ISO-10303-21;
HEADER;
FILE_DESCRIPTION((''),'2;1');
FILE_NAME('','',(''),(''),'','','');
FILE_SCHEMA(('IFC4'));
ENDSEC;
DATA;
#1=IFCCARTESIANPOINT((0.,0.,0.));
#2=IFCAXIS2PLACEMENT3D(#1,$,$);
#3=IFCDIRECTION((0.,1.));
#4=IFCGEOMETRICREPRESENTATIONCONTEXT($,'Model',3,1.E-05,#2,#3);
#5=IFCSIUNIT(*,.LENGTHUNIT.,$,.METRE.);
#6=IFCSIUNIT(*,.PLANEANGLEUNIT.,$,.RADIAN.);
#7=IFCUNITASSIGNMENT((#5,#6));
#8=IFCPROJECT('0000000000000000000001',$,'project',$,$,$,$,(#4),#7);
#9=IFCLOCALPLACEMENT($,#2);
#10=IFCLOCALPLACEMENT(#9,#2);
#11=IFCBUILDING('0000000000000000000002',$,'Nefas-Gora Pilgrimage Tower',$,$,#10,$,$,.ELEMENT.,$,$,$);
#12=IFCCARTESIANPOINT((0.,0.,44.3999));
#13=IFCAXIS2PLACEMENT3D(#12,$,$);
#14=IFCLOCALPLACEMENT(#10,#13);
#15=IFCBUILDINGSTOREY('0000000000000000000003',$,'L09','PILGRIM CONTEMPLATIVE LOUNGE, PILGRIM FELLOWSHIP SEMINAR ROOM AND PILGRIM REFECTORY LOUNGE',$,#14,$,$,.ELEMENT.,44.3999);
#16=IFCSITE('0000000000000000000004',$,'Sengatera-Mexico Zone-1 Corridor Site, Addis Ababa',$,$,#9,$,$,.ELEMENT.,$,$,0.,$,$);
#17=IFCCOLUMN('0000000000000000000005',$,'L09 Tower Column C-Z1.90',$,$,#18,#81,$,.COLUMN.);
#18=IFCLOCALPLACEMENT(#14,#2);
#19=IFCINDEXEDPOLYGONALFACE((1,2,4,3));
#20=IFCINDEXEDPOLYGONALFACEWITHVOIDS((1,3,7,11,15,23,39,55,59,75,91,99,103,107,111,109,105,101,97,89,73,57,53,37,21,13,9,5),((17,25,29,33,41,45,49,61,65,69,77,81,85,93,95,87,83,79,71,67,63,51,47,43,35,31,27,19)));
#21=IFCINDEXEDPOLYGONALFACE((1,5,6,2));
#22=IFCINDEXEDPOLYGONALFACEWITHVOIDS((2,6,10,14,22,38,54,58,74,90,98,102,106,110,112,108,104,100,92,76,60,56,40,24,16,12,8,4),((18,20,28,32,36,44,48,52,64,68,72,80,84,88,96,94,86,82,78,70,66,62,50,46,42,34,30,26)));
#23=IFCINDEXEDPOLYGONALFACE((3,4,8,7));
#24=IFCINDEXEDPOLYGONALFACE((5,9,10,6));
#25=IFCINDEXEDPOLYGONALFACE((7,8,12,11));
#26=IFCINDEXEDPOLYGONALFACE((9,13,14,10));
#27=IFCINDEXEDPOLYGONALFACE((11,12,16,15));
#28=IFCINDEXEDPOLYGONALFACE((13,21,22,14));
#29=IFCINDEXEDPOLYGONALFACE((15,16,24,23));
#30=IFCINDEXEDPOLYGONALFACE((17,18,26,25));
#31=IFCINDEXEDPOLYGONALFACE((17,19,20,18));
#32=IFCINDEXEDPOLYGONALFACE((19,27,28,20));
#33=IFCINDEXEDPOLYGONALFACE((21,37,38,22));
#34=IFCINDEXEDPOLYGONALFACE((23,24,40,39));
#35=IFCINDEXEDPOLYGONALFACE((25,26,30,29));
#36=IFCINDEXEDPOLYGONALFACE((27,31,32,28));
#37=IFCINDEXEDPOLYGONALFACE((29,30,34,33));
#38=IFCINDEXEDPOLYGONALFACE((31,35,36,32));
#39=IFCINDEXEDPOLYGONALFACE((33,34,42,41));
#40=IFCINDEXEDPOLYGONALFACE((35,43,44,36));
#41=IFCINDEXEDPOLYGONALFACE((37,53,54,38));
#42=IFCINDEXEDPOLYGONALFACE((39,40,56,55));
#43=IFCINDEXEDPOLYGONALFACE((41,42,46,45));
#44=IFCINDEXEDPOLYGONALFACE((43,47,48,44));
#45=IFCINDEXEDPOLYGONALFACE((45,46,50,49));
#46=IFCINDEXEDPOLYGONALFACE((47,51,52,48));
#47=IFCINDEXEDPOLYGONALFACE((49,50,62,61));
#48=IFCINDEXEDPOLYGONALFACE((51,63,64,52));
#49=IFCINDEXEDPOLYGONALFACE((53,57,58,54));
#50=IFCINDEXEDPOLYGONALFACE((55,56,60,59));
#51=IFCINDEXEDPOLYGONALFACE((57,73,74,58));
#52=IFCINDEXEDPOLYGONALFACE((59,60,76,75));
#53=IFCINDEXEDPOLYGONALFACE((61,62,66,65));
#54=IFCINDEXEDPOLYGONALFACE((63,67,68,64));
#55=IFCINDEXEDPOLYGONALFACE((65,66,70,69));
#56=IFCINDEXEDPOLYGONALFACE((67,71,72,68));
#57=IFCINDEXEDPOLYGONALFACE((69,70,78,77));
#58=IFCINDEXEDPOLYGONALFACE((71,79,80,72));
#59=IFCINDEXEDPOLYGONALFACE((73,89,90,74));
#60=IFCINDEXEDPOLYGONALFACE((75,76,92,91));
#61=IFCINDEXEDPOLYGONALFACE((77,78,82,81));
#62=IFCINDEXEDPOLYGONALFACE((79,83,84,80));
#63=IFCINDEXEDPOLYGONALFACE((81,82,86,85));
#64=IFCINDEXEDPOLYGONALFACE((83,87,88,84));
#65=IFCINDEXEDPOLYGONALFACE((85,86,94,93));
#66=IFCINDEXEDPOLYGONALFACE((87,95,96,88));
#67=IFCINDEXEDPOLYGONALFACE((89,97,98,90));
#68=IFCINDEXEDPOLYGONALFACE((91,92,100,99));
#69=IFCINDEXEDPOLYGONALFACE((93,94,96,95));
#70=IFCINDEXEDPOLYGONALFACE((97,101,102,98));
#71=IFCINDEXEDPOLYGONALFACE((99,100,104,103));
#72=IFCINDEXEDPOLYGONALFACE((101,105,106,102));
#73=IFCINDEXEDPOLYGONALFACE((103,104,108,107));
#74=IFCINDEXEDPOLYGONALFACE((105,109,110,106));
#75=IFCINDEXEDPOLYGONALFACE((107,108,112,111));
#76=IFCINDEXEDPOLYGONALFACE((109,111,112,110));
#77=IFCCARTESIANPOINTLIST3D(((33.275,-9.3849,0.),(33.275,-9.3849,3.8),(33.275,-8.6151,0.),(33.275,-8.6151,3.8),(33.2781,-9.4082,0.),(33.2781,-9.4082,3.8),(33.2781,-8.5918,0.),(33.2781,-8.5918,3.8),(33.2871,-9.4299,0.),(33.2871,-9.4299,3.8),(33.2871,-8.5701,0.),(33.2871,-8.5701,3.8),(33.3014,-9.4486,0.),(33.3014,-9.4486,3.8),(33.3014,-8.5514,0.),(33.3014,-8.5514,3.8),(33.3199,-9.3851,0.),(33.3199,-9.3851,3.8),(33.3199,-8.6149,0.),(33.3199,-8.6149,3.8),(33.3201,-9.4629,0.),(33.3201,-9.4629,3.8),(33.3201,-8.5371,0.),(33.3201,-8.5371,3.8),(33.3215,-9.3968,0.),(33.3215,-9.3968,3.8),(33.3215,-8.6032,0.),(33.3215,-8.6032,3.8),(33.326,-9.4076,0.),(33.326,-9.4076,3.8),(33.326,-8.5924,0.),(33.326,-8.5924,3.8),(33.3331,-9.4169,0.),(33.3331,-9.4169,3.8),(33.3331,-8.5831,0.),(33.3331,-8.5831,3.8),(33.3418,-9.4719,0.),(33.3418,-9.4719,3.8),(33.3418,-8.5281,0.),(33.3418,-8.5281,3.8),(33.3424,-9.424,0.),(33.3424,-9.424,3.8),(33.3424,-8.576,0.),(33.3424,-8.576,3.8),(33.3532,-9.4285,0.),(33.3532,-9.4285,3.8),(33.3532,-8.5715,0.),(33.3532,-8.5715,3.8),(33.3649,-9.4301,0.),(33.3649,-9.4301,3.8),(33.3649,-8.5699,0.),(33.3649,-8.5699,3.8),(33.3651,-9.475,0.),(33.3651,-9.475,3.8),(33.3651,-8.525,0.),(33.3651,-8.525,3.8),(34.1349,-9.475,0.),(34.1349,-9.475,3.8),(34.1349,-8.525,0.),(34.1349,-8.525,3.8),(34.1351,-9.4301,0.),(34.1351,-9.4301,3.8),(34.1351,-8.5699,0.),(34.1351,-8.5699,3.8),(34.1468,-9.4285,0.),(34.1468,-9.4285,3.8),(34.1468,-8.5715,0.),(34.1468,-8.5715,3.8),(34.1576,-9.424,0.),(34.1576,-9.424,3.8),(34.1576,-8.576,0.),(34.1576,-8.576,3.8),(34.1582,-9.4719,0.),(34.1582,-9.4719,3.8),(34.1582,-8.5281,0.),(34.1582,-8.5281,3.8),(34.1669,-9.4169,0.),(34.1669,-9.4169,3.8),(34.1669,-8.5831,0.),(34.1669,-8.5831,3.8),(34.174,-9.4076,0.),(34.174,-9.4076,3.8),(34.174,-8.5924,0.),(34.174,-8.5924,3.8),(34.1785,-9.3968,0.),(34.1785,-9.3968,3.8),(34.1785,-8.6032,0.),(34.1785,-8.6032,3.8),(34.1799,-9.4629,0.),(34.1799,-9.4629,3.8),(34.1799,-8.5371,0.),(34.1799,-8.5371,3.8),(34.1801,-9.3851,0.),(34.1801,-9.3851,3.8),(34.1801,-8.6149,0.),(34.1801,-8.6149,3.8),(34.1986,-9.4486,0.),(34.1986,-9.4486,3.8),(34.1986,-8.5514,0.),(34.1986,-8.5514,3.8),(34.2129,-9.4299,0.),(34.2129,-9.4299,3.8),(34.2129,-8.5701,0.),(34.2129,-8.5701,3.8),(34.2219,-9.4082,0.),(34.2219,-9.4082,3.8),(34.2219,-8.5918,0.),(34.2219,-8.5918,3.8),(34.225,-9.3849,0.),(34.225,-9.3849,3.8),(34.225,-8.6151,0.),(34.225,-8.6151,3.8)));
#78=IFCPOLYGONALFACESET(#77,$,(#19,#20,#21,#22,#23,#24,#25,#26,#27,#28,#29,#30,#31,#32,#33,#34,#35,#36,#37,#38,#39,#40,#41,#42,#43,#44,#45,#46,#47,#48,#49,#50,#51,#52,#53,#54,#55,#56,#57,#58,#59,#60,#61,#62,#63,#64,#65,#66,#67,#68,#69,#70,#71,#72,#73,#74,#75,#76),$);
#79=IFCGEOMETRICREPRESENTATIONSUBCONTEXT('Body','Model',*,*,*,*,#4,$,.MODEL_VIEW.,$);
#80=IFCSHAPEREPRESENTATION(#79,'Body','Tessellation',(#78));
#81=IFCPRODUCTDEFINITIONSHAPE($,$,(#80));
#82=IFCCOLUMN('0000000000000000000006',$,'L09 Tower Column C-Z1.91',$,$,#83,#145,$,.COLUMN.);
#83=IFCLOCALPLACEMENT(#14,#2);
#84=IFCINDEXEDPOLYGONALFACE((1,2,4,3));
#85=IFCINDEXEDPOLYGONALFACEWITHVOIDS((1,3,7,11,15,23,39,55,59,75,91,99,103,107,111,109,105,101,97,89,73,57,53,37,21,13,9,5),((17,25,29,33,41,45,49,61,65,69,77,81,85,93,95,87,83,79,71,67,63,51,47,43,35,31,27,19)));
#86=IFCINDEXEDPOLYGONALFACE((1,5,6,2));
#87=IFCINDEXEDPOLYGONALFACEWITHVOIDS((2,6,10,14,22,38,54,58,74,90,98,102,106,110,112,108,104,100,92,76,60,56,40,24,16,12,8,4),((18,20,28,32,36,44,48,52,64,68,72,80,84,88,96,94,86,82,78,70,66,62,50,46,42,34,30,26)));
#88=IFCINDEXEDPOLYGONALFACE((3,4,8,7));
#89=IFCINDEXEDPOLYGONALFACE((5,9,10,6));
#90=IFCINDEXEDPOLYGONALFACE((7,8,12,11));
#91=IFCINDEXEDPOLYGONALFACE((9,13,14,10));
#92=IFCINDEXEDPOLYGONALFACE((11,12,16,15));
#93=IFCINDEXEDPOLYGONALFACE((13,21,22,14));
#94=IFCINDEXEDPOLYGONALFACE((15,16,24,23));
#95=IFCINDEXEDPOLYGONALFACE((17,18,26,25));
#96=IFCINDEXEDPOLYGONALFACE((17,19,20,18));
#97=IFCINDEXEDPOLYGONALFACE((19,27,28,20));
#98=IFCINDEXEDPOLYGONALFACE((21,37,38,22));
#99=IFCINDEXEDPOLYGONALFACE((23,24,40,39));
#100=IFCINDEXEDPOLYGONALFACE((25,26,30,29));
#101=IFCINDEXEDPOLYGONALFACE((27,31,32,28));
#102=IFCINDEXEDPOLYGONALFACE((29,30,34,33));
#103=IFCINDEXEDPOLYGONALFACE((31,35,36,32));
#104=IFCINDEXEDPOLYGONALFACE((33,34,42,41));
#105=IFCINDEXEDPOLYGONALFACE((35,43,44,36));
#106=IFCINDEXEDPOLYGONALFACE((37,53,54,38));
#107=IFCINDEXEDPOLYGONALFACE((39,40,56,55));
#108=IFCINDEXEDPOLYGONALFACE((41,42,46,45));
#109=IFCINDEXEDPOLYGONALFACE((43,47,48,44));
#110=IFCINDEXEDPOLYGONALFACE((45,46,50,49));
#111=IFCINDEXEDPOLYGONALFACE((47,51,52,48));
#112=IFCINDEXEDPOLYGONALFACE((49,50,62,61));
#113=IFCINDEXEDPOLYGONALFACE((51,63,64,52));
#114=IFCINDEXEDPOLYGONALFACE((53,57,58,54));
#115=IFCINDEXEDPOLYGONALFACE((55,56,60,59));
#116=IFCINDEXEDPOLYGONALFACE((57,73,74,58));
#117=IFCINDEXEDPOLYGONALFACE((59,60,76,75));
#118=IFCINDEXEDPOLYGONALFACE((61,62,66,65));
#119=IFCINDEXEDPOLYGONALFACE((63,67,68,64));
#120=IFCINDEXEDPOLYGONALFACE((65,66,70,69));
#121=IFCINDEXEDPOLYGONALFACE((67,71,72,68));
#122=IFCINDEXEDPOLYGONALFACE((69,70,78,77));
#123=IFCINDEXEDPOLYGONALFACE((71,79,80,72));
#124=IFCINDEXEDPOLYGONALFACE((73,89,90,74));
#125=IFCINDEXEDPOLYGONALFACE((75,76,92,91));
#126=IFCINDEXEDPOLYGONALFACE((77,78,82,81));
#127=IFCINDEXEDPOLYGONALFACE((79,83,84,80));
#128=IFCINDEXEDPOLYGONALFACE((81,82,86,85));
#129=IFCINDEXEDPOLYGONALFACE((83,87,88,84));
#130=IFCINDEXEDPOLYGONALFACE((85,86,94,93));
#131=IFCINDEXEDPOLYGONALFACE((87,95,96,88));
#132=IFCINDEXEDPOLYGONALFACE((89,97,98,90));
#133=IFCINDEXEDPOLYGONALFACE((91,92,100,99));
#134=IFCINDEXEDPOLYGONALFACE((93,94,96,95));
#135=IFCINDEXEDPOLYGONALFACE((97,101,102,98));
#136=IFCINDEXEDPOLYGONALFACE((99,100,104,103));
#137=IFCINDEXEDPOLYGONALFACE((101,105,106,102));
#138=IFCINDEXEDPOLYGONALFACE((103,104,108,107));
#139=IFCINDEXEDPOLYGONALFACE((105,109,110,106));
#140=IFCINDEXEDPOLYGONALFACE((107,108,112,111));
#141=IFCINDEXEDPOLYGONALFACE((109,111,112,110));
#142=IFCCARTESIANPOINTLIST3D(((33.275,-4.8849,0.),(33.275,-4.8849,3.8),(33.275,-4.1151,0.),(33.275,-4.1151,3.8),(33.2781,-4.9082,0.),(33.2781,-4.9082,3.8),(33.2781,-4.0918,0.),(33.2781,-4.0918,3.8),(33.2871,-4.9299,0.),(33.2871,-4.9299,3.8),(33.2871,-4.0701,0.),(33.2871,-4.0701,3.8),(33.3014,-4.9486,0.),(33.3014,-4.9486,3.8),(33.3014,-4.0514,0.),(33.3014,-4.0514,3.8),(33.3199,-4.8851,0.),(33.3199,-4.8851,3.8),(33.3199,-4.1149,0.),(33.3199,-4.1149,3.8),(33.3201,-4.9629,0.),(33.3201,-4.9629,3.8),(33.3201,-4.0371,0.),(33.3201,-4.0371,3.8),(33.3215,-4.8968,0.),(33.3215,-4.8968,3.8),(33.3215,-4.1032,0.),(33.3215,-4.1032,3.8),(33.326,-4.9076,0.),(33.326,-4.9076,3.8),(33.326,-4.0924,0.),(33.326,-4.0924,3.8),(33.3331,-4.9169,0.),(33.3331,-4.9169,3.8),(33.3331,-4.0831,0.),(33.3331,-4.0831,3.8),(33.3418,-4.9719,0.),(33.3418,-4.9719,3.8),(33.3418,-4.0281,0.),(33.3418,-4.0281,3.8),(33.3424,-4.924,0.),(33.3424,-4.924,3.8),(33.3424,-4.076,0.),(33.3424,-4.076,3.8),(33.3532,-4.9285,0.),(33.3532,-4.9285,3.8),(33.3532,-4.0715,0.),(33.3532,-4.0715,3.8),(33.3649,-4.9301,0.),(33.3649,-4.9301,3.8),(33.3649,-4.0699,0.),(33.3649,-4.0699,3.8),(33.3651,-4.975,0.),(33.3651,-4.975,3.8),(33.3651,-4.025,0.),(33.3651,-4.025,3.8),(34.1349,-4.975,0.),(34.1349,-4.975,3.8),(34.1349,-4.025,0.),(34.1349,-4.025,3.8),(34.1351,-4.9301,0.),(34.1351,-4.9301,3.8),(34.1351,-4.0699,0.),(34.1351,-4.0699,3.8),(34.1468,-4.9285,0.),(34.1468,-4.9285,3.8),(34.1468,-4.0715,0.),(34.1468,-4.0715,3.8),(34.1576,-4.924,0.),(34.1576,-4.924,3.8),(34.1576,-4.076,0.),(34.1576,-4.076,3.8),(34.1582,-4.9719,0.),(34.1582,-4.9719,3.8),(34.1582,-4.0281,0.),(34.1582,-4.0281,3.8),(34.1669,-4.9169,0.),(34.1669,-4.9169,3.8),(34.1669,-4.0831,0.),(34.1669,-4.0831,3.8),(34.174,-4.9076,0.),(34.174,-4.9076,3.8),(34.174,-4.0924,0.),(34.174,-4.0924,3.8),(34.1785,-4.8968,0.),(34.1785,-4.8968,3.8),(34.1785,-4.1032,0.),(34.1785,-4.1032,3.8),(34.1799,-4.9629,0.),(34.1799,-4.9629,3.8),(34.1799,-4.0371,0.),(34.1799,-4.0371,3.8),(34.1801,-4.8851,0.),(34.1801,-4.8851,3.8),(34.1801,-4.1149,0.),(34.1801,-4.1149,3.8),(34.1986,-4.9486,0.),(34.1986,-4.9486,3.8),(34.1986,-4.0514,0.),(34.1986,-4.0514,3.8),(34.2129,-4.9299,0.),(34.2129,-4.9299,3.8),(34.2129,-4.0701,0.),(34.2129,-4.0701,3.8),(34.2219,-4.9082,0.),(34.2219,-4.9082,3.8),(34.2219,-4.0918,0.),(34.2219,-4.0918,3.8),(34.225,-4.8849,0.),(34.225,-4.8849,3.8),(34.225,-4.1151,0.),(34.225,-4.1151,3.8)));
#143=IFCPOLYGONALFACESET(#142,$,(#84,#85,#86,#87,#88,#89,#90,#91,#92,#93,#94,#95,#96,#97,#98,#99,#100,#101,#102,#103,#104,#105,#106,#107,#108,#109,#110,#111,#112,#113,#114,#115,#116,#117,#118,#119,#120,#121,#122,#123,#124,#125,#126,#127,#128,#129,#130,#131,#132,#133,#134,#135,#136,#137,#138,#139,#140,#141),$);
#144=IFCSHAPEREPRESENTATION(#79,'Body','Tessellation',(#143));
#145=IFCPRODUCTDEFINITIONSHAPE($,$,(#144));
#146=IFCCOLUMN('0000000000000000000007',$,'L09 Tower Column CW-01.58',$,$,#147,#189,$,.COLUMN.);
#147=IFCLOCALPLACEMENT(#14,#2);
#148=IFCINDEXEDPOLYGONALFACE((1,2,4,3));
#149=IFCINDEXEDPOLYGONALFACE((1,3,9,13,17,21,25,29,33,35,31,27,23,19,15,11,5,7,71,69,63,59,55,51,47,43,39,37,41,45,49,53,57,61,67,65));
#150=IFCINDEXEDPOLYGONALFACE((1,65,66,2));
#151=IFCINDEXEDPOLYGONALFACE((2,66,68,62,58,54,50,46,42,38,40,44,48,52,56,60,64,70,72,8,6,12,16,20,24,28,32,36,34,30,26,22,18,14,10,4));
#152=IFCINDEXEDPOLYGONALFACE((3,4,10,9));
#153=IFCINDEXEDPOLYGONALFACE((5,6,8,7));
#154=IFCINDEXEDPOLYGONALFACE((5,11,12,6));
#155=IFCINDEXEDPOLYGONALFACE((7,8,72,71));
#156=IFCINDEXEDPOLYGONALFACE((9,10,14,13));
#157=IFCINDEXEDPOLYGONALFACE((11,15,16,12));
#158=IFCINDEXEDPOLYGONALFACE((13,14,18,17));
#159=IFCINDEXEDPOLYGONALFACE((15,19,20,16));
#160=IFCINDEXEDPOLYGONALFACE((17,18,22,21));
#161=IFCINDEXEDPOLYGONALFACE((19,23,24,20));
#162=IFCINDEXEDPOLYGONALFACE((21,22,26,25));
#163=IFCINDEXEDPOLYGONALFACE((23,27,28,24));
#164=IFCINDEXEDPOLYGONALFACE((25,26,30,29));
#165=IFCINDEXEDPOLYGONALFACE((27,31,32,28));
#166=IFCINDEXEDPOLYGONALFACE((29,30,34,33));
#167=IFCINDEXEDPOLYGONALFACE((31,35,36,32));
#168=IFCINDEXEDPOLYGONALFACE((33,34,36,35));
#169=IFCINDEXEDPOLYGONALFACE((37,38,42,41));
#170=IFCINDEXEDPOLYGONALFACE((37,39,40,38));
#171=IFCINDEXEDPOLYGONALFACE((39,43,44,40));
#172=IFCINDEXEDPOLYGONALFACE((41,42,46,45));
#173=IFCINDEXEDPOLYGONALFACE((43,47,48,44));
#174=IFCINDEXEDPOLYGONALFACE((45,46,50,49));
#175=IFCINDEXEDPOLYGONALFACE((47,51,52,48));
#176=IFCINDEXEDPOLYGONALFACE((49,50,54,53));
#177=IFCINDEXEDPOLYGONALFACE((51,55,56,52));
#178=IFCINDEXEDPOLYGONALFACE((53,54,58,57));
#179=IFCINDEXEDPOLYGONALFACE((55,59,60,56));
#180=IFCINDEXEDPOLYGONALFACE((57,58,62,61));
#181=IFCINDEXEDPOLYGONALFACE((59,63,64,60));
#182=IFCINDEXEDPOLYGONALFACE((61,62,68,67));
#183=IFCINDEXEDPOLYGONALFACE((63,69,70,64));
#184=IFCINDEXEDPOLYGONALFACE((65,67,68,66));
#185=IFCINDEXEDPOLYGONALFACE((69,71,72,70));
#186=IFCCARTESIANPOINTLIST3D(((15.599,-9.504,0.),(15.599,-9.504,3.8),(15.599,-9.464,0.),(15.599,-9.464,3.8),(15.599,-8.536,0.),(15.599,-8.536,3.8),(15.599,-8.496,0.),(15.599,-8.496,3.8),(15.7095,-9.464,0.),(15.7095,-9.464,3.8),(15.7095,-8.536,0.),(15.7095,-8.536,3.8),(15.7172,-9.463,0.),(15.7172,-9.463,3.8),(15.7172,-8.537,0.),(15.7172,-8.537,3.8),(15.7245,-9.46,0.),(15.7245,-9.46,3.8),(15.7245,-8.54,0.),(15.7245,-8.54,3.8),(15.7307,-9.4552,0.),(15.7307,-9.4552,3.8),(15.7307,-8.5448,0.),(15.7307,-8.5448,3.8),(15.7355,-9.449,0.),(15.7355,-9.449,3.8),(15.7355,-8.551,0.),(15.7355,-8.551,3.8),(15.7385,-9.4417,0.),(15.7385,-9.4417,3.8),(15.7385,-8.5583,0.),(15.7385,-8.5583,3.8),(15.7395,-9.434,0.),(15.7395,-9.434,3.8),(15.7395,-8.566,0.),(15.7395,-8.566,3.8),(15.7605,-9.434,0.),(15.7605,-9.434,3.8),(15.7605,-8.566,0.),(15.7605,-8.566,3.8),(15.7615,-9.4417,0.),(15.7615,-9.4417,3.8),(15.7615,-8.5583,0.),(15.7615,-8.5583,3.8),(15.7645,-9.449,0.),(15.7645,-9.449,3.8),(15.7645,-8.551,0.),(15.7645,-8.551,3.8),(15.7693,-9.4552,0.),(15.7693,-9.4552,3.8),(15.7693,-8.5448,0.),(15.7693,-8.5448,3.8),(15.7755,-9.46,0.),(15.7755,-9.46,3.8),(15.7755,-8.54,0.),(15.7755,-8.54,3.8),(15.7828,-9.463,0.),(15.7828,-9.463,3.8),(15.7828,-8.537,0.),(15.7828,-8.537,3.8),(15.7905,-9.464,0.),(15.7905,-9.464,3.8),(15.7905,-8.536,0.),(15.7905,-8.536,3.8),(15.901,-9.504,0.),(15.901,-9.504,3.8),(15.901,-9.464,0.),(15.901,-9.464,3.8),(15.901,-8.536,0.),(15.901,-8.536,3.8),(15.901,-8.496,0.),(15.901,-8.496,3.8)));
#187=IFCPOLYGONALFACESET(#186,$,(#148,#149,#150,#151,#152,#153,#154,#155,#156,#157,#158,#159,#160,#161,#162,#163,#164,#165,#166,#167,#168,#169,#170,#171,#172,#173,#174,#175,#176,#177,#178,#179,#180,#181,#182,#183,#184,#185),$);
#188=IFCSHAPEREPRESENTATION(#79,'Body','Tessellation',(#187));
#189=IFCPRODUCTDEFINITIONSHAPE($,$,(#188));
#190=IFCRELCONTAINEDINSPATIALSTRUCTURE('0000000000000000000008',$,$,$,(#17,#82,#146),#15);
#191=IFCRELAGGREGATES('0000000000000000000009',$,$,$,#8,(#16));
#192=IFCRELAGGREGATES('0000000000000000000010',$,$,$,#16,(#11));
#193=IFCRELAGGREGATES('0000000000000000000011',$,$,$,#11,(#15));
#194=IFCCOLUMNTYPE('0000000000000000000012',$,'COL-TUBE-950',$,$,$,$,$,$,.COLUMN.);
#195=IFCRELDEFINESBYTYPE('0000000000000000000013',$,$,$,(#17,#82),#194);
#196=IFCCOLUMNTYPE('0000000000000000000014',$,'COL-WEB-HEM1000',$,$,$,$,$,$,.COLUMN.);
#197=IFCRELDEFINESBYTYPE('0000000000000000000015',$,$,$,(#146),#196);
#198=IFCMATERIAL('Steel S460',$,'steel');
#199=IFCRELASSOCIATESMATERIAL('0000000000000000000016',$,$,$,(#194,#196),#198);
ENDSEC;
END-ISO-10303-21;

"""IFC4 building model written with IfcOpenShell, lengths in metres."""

from ifc_helpers import new_model, si_unit, direction, frame, origin, origin_2d, place, context, subcontext, project, spatial, hollow_rectangle, i_section, extrude, source, transform, mapped, material, material_profile, profile_set, type_object, element, save


model = new_model("IFC4")

# Units and contexts
model_context = context("Model", 3, precision=1e-05, world=origin(), true_north=direction((0.0, 1.0)))
body_context = subcontext(model_context, "Body", "Model", "MODEL_VIEW")
ifc_project = project(units=[si_unit("LENGTHUNIT", "METRE"), si_unit("PLANEANGLEUNIT", "RADIAN")], contexts=[model_context])

# Site, building, storey
site_placement = place(None, origin())
site = spatial("IfcSite", under=ifc_project, at=site_placement, Name="Sengatera-Mexico Zone-1 Corridor Site, Addis Ababa", CompositionType="ELEMENT", RefElevation=0.0)
building_placement = place(site_placement, origin())
building = spatial("IfcBuilding", under=site, at=building_placement, Name="Nefas-Gora Pilgrimage Tower", CompositionType="ELEMENT")
storey_placement = place(building_placement, frame((0.0, 0.0, 44.3999)))
storey = spatial("IfcBuildingStorey", under=building, at=storey_placement, Name="L09", Description="PILGRIM CONTEMPLATIVE LOUNGE, PILGRIM FELLOWSHIP SEMINAR ROOM AND PILGRIM REFECTORY LOUNGE", CompositionType="ELEMENT", Elevation=44.3999)

# Columns
ifc_material_1 = material(Name="Steel S460", Category="steel")
ifc_material_profile_1 = material_profile(ifc_material_1, hollow_rectangle(XDim=0.95, YDim=0.95, WallThickness=0.0449, InnerFilletRadius=0.0449, OuterFilletRadius=0.0901, at=origin_2d()), Name="BOX 950x950x45")
ifc_profile_set_1 = profile_set([ifc_material_profile_1], Name="Steel S460")
column_type_1 = type_object("IfcColumnType", Name="COL-TUBE-950", PredefinedType="COLUMN", material=ifc_profile_set_1)
shared_shape_1 = source(origin(), body_context, "Body", "SweptSolid", [
    extrude(hollow_rectangle(XDim=0.95, YDim=0.95, WallThickness=0.0449, InnerFilletRadius=0.0449, OuterFilletRadius=0.0901, at=origin_2d()), origin(), (0.0, 0.0, 1.0), 3.8),
])
for number, where, z_axis, x_axis, name in (
    (1, (33.75, -9.0, 0.0), (0.0, 0.0, 1.0), (1.0, 0.0, 0.0), "L09 Tower Column C-Z1.90"),
    (2, (33.75, -4.5, 0.0), (0.0, 0.0, 1.0), (1.0, 0.0, 0.0), "L09 Tower Column C-Z1.91"),
):
    element("IfcColumn", number, at=place(storey_placement, frame(where, z_axis=z_axis, x_axis=x_axis)), inside=storey, type_object=column_type_1, Name=name, PredefinedType="COLUMN", context=body_context, shape_type="MappedRepresentation", body=[
        mapped(shared_shape_1, transform((0.0, 0.0, 0.0), x_axis=(1.0, 0.0, 0.0), y_axis=(0.0, 1.0, 0.0), z_axis=(0.0, 0.0, 1.0), scale=1.0)),
    ])
ifc_material_profile_2 = material_profile(ifc_material_1, i_section(OverallWidth=0.302, OverallDepth=1.0081, WebThickness=0.021, FlangeThickness=0.04, FilletRadius=0.03, at=origin_2d()), Name="HEM 1000")
ifc_profile_set_2 = profile_set([ifc_material_profile_2], Name="Steel S460")
column_type_2 = type_object("IfcColumnType", Name="COL-WEB-HEM1000", PredefinedType="COLUMN", material=ifc_profile_set_2)
shared_shape_2 = source(origin(), body_context, "Body", "SweptSolid", [
    extrude(i_section(OverallWidth=0.302, OverallDepth=1.0081, WebThickness=0.021, FlangeThickness=0.04, FilletRadius=0.03, at=origin_2d()), origin(), (0.0, 0.0, 1.0), 3.8),
])
for number, where, z_axis, x_axis, name in (
    (3, (15.75, -9.0, 0.0), (0.0, 0.0, 1.0), (1.0, 0.0, 0.0), "L09 Tower Column CW-01.58"),
):
    element("IfcColumn", number, at=place(storey_placement, frame(where, z_axis=z_axis, x_axis=x_axis)), inside=storey, type_object=column_type_2, Name=name, PredefinedType="COLUMN", context=body_context, shape_type="MappedRepresentation", body=[
        mapped(shared_shape_2, transform((0.0, 0.0, 0.0), x_axis=(1.0, 0.0, 0.0), y_axis=(0.0, 1.0, 0.0), z_axis=(0.0, 0.0, 1.0), scale=1.0)),
    ])

save(model, "model.ifc")
